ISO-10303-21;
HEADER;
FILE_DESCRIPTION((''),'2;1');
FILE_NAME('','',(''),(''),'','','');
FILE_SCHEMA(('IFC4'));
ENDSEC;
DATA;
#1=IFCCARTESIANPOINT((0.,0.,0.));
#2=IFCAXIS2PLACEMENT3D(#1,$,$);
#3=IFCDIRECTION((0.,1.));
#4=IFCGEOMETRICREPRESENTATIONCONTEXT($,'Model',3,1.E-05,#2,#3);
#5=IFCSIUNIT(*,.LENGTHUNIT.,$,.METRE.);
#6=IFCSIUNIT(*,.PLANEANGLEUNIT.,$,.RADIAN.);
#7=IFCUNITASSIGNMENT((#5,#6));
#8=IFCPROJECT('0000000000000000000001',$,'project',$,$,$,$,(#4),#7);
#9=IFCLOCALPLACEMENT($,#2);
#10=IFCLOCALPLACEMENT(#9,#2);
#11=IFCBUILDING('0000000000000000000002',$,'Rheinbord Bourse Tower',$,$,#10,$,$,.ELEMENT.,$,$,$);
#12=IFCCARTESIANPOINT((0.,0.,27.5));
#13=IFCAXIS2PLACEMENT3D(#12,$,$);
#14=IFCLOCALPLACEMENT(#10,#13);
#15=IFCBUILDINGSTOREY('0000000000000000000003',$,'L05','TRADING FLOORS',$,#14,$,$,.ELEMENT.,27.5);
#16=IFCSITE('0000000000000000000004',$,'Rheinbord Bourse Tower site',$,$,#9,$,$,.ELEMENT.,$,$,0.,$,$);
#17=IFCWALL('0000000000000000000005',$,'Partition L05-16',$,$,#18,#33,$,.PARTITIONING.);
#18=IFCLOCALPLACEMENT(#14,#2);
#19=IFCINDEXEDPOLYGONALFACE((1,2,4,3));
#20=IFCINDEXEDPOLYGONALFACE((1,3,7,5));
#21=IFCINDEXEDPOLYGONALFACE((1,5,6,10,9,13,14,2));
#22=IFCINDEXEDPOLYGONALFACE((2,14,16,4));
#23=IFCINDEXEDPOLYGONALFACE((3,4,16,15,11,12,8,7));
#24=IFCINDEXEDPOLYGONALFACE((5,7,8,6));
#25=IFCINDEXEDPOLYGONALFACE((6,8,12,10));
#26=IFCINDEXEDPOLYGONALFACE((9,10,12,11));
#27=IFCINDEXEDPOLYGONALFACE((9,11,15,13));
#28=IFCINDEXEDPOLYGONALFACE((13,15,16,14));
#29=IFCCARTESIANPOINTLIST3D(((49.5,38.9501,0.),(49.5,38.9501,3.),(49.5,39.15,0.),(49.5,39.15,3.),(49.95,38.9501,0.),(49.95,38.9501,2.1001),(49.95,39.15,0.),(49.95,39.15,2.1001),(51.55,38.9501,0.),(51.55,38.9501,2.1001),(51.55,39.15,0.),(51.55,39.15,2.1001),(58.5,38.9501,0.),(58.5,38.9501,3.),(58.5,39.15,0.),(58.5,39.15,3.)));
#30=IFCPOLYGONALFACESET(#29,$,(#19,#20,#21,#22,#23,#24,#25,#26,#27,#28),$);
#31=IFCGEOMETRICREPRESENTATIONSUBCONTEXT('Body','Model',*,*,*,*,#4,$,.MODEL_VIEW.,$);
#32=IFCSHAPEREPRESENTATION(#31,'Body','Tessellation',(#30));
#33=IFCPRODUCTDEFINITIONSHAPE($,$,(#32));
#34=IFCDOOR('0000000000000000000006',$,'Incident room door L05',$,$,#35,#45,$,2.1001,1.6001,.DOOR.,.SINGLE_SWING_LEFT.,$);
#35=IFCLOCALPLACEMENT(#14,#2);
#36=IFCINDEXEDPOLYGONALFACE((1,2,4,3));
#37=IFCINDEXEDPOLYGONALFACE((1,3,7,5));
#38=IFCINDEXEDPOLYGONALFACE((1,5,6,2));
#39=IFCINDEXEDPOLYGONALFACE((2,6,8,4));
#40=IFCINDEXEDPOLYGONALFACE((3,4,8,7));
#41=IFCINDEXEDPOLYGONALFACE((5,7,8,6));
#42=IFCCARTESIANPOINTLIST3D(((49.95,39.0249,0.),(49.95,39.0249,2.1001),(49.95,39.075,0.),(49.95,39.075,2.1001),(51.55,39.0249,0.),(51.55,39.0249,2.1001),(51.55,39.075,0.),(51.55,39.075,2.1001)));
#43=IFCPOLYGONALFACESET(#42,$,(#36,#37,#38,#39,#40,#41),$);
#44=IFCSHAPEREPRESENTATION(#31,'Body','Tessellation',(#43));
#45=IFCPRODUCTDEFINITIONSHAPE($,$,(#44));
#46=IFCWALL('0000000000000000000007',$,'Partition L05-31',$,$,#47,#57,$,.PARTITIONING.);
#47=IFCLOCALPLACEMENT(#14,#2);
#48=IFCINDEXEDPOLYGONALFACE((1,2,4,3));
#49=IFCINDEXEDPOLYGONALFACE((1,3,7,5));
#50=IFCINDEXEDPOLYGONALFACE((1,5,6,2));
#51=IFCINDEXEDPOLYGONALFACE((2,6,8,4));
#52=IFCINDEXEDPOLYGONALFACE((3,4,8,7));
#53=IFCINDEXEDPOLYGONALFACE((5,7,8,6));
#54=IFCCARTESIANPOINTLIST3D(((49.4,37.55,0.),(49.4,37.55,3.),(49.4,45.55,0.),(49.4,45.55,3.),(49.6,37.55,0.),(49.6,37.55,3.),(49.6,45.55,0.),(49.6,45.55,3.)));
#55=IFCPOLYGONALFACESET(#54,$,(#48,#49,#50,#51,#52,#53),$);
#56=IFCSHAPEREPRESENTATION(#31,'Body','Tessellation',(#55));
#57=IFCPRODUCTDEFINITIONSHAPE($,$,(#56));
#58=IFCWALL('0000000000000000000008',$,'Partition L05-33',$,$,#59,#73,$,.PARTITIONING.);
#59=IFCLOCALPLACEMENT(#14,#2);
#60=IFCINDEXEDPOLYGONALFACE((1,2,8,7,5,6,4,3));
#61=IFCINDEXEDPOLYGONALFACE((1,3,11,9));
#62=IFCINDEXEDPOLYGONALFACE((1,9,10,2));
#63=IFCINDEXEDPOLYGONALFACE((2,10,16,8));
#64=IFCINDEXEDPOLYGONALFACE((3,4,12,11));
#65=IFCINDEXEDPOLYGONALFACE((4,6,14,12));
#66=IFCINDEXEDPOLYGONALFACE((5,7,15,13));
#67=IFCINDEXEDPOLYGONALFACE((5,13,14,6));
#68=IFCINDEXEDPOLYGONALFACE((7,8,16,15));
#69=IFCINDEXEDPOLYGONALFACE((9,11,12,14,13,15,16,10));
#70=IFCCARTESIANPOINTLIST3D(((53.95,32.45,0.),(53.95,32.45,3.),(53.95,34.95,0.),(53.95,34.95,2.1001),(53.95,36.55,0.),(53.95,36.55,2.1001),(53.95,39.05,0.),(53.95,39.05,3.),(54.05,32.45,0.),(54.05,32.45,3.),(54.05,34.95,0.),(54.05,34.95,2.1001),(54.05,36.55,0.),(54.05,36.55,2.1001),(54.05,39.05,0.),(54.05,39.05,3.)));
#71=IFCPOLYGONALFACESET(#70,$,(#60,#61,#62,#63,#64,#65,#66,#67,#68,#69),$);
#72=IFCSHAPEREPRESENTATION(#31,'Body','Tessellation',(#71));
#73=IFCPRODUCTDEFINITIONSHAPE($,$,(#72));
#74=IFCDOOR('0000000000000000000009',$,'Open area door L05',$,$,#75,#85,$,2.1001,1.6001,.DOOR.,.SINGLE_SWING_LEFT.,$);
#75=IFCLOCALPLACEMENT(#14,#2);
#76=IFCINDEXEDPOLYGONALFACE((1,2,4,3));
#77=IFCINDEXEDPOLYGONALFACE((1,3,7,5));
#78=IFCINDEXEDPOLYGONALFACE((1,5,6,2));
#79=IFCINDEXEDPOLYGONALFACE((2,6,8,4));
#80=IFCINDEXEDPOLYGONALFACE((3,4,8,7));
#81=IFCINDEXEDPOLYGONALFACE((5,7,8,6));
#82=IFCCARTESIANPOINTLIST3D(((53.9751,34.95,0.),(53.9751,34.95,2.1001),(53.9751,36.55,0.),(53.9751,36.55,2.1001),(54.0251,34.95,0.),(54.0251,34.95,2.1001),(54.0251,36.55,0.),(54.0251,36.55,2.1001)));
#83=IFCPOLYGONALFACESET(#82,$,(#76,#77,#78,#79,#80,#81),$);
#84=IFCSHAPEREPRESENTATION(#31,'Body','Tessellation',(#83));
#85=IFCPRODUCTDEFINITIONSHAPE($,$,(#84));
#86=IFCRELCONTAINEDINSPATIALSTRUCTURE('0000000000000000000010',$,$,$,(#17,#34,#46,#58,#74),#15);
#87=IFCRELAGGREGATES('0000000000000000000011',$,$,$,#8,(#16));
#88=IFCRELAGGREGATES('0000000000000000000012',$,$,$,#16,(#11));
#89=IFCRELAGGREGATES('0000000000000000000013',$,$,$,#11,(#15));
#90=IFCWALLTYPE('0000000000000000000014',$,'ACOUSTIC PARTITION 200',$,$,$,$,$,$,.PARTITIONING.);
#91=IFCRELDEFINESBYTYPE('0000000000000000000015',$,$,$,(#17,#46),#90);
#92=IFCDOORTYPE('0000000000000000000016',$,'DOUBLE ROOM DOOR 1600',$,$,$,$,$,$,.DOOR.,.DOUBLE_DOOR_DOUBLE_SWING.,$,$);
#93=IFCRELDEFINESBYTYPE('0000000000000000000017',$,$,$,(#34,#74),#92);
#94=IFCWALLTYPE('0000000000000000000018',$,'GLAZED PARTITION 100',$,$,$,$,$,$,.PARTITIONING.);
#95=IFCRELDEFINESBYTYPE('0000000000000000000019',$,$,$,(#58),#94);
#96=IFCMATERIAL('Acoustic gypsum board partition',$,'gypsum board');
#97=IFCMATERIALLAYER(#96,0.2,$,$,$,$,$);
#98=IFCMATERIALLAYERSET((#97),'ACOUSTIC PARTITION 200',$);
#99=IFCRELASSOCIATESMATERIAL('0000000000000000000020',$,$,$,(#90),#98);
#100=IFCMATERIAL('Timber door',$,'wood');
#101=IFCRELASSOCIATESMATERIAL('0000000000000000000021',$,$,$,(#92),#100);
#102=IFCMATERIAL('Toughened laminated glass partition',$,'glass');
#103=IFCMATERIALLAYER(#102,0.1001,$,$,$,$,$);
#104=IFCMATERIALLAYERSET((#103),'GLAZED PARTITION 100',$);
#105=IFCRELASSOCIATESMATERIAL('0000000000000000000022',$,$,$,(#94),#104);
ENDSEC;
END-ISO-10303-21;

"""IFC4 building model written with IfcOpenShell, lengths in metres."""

from ifc_helpers import new_model, si_unit, direction, frame, frame_2d, origin, place, context, subcontext, project, spatial, rectangle, extrude, material, layer, layer_set, type_object, element, fill, save


model = new_model("IFC4")

# Units and contexts
model_context = context("Model", 3, precision=1e-05, world=origin(), true_north=direction((0.0, 1.0)))
body_context = subcontext(model_context, "Body", "Model", "MODEL_VIEW")
ifc_project = project(units=[si_unit("LENGTHUNIT", "METRE"), si_unit("PLANEANGLEUNIT", "RADIAN")], contexts=[model_context])

# Site, building, storey
site_placement = place(None, origin())
site = spatial("IfcSite", under=ifc_project, at=site_placement, Name="Rheinbord Bourse Tower site", CompositionType="ELEMENT", RefElevation=0.0)
building_placement = place(site_placement, origin())
building = spatial("IfcBuilding", under=site, at=building_placement, Name="Rheinbord Bourse Tower", CompositionType="ELEMENT")
storey_placement = place(building_placement, frame((0.0, 0.0, 27.5)))
storey = spatial("IfcBuildingStorey", under=building, at=storey_placement, Name="L05", Description="TRADING FLOORS", CompositionType="ELEMENT", Elevation=27.5)

# Wall, opening, door
ifc_material_1 = material(Name="Acoustic gypsum board partition", Category="gypsum board")
ifc_layer_1 = layer(ifc_material_1, 0.2)
ifc_layer_set_1 = layer_set([ifc_layer_1], Name="ACOUSTIC PARTITION 200")
wall_type_1 = type_object("IfcWallType", Name="ACOUSTIC PARTITION 200", PredefinedType="PARTITIONING", material=ifc_layer_set_1)
wall_1_placement = place(storey_placement, frame((49.5, 39.05, 0.0), z_axis=(0.0, 0.0, 1.0), x_axis=(1.0, 0.0, 0.0)))
wall_1 = element("IfcWall", 1, at=wall_1_placement, inside=storey, type_object=wall_type_1, Name="Partition L05-16", PredefinedType="PARTITIONING", context=body_context, shape_type="SweptSolid", body=[
    extrude(rectangle(XDim=9.0, YDim=0.2, at=frame_2d((4.5, 0.0))), origin(), (0.0, 0.0, 1.0), 3.0),
])
opening_1_placement = place(wall_1_placement, frame((0.45, 0.0, 0.0)))
opening_1 = element("IfcOpeningElement", 2, at=opening_1_placement, cuts=wall_1, PredefinedType="OPENING", context=body_context, shape_type="SweptSolid", body=[
    extrude(rectangle(XDim=1.6001, YDim=2.1001, at=frame_2d((0.8, 1.05))), frame((0.0, 0.1099, 0.0), z_axis=(0.0, -1.0, 0.0), x_axis=(1.0, 0.0, 0.0)), (0.0, 0.0, 1.0), 0.22),
])
ifc_material_2 = material(Name="Timber door", Category="wood")
door_type = type_object("IfcDoorType", Name="DOUBLE ROOM DOOR 1600", OperationType="DOUBLE_DOOR_DOUBLE_SWING", PredefinedType="DOOR", material=ifc_material_2)
door_1_placement = place(opening_1_placement, origin())
door_1 = element("IfcDoor", 3, at=door_1_placement, inside=storey, type_object=door_type, Name="Incident room door L05", OperationType="SINGLE_SWING_LEFT", OverallHeight=2.1001, OverallWidth=1.6001, PredefinedType="DOOR", context=body_context, shape_type="SweptSolid", body=[
    extrude(rectangle(XDim=1.6001, YDim=2.1001, at=frame_2d((0.8, 1.05))), frame((0.0, 0.0249, 0.0), z_axis=(0.0, -1.0, 0.0), x_axis=(1.0, 0.0, 0.0)), (0.0, 0.0, 1.0), 0.05),
])
fill(opening_1, door_1)

# Wall
wall_2_placement = place(storey_placement, frame((49.5, 37.55, 0.0), z_axis=(0.0, 0.0, 1.0), x_axis=(0.0, 1.0, 0.0)))
element("IfcWall", 4, at=wall_2_placement, inside=storey, type_object=wall_type_1, Name="Partition L05-31", PredefinedType="PARTITIONING", context=body_context, shape_type="SweptSolid", body=[
    extrude(rectangle(XDim=8.0, YDim=0.2, at=frame_2d((4.0, 0.0))), origin(), (0.0, 0.0, 1.0), 3.0),
])

# Wall, opening, door
ifc_material_3 = material(Name="Toughened laminated glass partition", Category="glass")
ifc_layer_2 = layer(ifc_material_3, 0.1001)
ifc_layer_set_2 = layer_set([ifc_layer_2], Name="GLAZED PARTITION 100")
wall_type_2 = type_object("IfcWallType", Name="GLAZED PARTITION 100", PredefinedType="PARTITIONING", material=ifc_layer_set_2)
wall_3_placement = place(storey_placement, frame((54.0, 32.45, 0.0), z_axis=(0.0, 0.0, 1.0), x_axis=(0.0, 1.0, 0.0)))
wall_3 = element("IfcWall", 5, at=wall_3_placement, inside=storey, type_object=wall_type_2, Name="Partition L05-33", PredefinedType="PARTITIONING", context=body_context, shape_type="SweptSolid", body=[
    extrude(rectangle(XDim=6.6001, YDim=0.1001, at=frame_2d((3.3, 0.0))), origin(), (0.0, 0.0, 1.0), 3.0),
])
opening_2_placement = place(wall_3_placement, frame((2.5, 0.0, 0.0)))
opening_2 = element("IfcOpeningElement", 6, at=opening_2_placement, cuts=wall_3, PredefinedType="OPENING", context=body_context, shape_type="SweptSolid", body=[
    extrude(rectangle(XDim=1.6001, YDim=2.1001, at=frame_2d((0.8, 1.05))), frame((0.0, 0.0601, 0.0), z_axis=(0.0, -1.0, 0.0), x_axis=(1.0, 0.0, 0.0)), (0.0, 0.0, 1.0), 0.1201),
])
door_2_placement = place(opening_2_placement, origin())
door_2 = element("IfcDoor", 7, at=door_2_placement, inside=storey, type_object=door_type, Name="Open area door L05", OperationType="SINGLE_SWING_LEFT", OverallHeight=2.1001, OverallWidth=1.6001, PredefinedType="DOOR", context=body_context, shape_type="SweptSolid", body=[
    extrude(rectangle(XDim=1.6001, YDim=2.1001, at=frame_2d((0.8, 1.05))), frame((0.0, 0.0249, 0.0), z_axis=(0.0, -1.0, 0.0), x_axis=(1.0, 0.0, 0.0)), (0.0, 0.0, 1.0), 0.05),
])
fill(opening_2, door_2)

save(model, "model.ifc")
